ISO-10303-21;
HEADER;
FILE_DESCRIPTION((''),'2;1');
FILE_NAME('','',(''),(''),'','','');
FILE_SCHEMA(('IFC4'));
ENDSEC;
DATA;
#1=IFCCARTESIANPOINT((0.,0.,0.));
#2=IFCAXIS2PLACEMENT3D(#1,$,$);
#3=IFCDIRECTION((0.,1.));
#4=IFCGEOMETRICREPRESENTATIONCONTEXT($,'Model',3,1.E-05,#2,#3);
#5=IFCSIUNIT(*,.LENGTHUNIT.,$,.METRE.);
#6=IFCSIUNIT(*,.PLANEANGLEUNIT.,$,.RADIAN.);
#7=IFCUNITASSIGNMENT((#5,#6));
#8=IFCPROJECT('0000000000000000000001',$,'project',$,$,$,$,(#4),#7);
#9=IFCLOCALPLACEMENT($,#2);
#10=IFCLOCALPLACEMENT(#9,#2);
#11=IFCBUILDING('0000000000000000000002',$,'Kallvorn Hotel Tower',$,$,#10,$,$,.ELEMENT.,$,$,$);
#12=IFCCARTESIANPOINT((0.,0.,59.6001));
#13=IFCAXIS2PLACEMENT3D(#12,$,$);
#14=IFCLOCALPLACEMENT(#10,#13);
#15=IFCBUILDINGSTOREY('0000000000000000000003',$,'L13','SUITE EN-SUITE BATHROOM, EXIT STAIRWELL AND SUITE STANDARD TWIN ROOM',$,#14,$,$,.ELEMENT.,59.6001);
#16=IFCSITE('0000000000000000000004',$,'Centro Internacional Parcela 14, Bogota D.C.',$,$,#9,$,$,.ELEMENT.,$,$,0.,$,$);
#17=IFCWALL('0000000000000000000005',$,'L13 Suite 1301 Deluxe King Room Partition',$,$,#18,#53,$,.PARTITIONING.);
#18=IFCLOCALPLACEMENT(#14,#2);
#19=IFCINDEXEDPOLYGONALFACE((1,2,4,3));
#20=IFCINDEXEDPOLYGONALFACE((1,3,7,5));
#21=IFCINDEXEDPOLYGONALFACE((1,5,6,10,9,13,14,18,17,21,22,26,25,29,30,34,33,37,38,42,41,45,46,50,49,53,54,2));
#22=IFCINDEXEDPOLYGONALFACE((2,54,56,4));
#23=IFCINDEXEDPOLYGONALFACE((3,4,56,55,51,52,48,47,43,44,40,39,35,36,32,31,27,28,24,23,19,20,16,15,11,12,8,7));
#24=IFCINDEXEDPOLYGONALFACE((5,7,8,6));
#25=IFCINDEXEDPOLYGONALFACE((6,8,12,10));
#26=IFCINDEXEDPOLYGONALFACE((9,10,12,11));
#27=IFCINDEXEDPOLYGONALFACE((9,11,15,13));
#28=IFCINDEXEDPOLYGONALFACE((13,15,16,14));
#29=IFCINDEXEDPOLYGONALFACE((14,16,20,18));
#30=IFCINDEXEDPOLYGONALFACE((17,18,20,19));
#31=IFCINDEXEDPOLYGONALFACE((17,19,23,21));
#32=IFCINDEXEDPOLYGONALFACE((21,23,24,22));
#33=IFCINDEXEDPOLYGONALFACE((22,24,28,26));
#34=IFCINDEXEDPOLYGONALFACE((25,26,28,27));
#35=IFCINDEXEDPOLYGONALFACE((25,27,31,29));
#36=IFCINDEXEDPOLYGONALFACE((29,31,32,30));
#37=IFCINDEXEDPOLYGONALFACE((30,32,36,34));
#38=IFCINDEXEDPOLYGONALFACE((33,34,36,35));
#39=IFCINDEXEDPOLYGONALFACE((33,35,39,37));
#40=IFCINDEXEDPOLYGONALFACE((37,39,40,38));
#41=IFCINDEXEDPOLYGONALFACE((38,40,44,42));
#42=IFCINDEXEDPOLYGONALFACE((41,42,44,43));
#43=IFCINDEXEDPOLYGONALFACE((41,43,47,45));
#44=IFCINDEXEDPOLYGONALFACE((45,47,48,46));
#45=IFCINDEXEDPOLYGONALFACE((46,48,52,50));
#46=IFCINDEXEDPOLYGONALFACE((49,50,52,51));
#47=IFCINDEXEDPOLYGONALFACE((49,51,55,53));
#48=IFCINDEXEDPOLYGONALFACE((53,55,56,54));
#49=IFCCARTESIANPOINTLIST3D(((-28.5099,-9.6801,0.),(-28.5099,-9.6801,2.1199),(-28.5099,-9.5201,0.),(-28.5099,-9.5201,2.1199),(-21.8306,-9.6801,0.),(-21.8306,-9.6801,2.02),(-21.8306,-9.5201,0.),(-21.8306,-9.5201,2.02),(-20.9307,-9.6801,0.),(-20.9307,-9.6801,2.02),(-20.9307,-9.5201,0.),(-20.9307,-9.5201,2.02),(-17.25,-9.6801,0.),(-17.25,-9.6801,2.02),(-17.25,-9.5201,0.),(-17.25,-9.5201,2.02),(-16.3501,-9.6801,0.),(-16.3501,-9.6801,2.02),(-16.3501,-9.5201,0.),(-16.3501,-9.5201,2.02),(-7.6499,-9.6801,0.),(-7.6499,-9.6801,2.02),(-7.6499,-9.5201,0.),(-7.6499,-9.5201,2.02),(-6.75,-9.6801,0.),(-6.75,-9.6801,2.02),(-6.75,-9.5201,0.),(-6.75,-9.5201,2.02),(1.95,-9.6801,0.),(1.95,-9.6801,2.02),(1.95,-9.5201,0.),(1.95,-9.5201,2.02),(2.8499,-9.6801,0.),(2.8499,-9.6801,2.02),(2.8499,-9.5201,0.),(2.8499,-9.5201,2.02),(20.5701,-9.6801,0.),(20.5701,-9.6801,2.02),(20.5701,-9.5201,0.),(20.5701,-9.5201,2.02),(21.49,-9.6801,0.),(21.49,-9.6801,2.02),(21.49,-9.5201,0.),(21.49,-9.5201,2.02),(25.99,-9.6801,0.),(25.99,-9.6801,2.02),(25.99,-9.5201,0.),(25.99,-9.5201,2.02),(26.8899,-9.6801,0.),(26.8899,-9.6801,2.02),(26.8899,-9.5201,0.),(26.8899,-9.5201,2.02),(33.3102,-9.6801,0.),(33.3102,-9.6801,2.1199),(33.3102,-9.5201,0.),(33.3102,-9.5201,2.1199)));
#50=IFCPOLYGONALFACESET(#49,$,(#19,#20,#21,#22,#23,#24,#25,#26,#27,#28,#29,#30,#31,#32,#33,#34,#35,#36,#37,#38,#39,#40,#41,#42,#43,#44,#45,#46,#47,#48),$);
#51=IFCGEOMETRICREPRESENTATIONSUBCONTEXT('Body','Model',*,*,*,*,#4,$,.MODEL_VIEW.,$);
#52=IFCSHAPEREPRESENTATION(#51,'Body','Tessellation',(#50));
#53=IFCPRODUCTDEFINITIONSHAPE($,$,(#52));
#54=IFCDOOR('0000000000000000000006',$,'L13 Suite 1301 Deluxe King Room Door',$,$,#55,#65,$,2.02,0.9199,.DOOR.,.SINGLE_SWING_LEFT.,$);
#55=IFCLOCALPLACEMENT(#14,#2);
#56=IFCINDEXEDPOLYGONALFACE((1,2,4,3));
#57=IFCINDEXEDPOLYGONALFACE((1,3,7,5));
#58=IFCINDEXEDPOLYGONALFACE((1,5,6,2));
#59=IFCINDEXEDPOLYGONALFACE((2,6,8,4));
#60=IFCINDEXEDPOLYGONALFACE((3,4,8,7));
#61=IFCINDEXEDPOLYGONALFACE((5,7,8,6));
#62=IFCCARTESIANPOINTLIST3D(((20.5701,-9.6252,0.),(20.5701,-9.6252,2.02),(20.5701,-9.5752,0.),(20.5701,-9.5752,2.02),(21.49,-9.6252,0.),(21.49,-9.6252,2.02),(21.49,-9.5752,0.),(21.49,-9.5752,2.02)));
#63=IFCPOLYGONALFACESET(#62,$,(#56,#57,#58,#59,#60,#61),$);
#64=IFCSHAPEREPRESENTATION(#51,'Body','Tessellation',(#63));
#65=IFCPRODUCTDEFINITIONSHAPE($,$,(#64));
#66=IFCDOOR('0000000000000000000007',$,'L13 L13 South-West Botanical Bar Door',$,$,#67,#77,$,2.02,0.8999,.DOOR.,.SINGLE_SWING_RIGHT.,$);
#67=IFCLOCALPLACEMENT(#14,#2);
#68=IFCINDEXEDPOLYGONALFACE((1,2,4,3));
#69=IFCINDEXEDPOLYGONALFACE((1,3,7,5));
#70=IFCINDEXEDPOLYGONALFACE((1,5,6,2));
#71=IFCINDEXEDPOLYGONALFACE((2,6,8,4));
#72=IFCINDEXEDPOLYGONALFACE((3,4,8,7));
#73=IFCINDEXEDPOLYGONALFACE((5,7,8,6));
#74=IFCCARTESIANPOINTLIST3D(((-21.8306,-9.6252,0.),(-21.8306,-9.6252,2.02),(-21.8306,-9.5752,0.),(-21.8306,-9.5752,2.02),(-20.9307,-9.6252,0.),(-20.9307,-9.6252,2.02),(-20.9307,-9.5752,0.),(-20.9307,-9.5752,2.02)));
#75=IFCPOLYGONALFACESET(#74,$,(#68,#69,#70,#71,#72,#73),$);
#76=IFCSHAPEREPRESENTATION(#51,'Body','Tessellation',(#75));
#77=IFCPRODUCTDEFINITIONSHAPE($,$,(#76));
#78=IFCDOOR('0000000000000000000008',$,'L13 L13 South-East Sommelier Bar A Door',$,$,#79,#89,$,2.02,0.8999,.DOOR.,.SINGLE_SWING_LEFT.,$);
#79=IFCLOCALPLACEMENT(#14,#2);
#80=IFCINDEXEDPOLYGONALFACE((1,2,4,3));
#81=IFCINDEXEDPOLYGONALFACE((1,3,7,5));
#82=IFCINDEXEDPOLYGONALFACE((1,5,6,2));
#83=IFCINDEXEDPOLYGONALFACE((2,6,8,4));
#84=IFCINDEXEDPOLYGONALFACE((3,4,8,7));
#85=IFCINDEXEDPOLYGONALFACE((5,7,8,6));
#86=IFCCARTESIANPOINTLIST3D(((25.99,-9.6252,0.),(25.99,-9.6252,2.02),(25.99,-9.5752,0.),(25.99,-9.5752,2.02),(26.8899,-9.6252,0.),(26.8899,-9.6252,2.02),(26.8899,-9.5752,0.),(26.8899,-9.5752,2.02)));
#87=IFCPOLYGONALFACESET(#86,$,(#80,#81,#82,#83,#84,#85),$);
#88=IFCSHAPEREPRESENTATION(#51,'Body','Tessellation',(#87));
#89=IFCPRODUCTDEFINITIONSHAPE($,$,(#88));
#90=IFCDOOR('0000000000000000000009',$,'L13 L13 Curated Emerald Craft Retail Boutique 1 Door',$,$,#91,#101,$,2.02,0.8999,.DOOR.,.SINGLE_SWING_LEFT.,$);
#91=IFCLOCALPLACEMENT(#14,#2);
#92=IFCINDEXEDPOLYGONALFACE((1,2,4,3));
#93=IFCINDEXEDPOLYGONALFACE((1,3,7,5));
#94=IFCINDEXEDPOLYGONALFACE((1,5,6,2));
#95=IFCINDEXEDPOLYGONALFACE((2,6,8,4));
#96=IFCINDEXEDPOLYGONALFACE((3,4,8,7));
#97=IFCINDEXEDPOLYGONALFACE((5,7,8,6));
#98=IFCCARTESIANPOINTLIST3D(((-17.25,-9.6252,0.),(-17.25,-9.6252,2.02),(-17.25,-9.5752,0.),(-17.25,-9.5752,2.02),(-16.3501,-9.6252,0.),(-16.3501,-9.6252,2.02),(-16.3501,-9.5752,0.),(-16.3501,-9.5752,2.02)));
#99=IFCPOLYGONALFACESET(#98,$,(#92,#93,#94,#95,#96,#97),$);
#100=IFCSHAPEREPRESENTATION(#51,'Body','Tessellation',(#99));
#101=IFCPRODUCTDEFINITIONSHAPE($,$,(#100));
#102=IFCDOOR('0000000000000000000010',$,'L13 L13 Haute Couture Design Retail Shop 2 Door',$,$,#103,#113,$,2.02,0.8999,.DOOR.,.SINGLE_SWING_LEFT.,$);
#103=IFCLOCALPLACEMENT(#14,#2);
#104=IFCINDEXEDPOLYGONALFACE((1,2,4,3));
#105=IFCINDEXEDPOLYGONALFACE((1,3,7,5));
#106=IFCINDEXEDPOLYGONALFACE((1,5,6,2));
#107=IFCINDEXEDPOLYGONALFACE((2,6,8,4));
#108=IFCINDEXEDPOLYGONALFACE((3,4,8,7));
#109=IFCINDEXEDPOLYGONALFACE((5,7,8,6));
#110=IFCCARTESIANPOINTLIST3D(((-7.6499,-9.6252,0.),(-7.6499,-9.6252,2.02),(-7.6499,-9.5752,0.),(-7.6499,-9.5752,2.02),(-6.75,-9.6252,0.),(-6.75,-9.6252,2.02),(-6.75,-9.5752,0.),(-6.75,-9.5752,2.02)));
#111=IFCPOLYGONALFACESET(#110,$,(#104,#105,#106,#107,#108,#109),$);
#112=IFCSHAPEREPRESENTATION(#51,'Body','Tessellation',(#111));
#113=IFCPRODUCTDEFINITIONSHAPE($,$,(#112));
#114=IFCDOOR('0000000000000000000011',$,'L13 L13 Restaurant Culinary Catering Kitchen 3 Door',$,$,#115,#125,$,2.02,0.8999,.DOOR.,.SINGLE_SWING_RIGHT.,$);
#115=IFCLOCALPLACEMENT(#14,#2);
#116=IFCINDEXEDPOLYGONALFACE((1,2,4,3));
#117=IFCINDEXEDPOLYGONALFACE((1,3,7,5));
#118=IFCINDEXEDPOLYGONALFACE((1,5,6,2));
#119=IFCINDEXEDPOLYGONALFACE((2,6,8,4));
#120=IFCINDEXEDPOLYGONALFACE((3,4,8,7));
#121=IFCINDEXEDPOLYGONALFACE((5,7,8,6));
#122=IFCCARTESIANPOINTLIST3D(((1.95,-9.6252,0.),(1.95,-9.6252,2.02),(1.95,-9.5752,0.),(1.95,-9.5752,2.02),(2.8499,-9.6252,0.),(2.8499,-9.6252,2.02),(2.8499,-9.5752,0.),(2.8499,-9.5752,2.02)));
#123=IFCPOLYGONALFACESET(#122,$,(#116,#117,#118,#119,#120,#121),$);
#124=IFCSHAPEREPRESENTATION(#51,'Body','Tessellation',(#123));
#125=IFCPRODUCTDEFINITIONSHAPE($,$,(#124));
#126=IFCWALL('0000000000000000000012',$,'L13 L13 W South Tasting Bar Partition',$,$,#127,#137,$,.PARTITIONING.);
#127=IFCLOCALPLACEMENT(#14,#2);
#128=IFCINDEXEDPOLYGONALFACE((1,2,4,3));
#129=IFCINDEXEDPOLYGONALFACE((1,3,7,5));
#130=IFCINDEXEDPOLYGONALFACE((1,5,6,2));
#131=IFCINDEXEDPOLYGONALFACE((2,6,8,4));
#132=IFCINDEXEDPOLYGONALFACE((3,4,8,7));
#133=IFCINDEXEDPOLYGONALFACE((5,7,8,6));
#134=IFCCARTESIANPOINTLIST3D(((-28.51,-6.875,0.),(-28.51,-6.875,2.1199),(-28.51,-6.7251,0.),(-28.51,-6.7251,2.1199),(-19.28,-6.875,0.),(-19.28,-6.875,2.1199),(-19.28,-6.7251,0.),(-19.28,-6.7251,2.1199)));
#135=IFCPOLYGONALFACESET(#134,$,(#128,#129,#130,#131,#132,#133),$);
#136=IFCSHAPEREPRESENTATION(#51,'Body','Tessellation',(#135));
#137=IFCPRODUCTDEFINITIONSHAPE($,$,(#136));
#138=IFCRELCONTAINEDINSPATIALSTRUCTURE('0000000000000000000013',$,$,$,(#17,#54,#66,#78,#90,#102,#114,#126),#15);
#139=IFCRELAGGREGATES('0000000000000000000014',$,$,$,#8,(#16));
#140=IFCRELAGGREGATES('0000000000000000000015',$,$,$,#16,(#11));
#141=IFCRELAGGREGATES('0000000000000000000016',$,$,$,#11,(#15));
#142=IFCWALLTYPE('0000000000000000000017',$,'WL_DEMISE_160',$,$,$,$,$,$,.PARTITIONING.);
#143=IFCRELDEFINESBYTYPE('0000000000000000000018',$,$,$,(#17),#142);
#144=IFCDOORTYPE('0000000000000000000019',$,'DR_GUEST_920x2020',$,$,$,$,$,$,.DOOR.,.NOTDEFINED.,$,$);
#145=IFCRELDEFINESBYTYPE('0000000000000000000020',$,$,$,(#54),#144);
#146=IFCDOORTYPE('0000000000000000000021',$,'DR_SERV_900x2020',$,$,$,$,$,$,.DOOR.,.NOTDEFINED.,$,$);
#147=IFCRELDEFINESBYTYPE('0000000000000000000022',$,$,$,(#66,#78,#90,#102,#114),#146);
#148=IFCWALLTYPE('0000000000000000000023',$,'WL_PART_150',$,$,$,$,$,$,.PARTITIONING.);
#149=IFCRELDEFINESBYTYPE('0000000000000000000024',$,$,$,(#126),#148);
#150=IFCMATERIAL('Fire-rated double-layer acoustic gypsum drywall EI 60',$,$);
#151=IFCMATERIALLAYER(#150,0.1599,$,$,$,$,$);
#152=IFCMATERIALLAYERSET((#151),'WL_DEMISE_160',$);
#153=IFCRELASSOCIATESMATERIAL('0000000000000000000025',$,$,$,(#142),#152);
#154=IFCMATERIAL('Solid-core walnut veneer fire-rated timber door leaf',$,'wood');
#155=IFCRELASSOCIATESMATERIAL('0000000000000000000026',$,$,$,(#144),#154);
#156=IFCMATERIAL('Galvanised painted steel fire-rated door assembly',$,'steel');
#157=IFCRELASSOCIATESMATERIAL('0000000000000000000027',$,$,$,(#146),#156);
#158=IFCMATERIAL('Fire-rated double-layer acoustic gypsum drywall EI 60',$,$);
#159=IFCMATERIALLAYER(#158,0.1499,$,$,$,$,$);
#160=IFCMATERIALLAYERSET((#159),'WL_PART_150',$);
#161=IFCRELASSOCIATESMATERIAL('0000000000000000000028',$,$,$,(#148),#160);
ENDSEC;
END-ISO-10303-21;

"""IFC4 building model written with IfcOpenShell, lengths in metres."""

from ifc_helpers import new_model, si_unit, direction, frame, frame_2d, origin, place, context, subcontext, project, spatial, rectangle, extrude, material, layer, layer_set, type_object, element, fill, save


model = new_model("IFC4")

# Units and contexts
model_context = context("Model", 3, precision=1e-05, world=origin(), true_north=direction((0.0, 1.0)))
body_context = subcontext(model_context, "Body", "Model", "MODEL_VIEW")
ifc_project = project(units=[si_unit("LENGTHUNIT", "METRE"), si_unit("PLANEANGLEUNIT", "RADIAN")], contexts=[model_context])

# Site, building, storey
site_placement = place(None, origin())
site = spatial("IfcSite", under=ifc_project, at=site_placement, Name="Centro Internacional Parcela 14, Bogota D.C.", CompositionType="ELEMENT", RefElevation=0.0)
building_placement = place(site_placement, origin())
building = spatial("IfcBuilding", under=site, at=building_placement, Name="Kallvorn Hotel Tower", CompositionType="ELEMENT")
storey_placement = place(building_placement, frame((0.0, 0.0, 59.6001)))
storey = spatial("IfcBuildingStorey", under=building, at=storey_placement, Name="L13", Description="SUITE EN-SUITE BATHROOM, EXIT STAIRWELL AND SUITE STANDARD TWIN ROOM", CompositionType="ELEMENT", Elevation=59.6001)

# Wall, openings, doors
ifc_material_1 = material(Name="Fire-rated double-layer acoustic gypsum drywall EI 60")
ifc_layer_1 = layer(ifc_material_1, 0.1599)
ifc_layer_set_1 = layer_set([ifc_layer_1], Name="WL_DEMISE_160")
wall_type_1 = type_object("IfcWallType", Name="WL_DEMISE_160", PredefinedType="PARTITIONING", material=ifc_layer_set_1)
wall_1_placement = place(storey_placement, frame((-28.51, -9.6001, 0.0), z_axis=(0.0, 0.0, 1.0), x_axis=(1.0, 0.0, 0.0)))
wall_1 = element("IfcWall", 1, at=wall_1_placement, inside=storey, type_object=wall_type_1, Name="L13 Suite 1301 Deluxe King Room Partition", PredefinedType="PARTITIONING", context=body_context, shape_type="SweptSolid", body=[
    extrude(rectangle(XDim=61.8201, YDim=0.1599, at=frame_2d((30.9102, 0.0))), origin(), (0.0, 0.0, 1.0), 2.1199),
])
opening_1_placement = place(wall_1_placement, frame((6.6794, 0.0, 0.0)))
opening_1 = element("IfcOpeningElement", 2, at=opening_1_placement, cuts=wall_1, PredefinedType="OPENING", context=body_context, shape_type="SweptSolid", body=[
    extrude(rectangle(XDim=0.8999, YDim=2.02, at=frame_2d((0.45, 1.01))), frame((0.0, 0.095, 0.0), z_axis=(0.0, -1.0, 0.0), x_axis=(1.0, 0.0, 0.0)), (0.0, 0.0, 1.0), 0.1899),
])
opening_2_placement = place(wall_1_placement, frame((54.5, 0.0, 0.0)))
opening_2 = element("IfcOpeningElement", 3, at=opening_2_placement, cuts=wall_1, PredefinedType="OPENING", context=body_context, shape_type="SweptSolid", body=[
    extrude(rectangle(XDim=0.8999, YDim=2.02, at=frame_2d((0.45, 1.01))), frame((0.0, 0.095, 0.0), z_axis=(0.0, -1.0, 0.0), x_axis=(1.0, 0.0, 0.0)), (0.0, 0.0, 1.0), 0.1899),
])
opening_3_placement = place(wall_1_placement, frame((11.26, 0.0, 0.0)))
opening_3 = element("IfcOpeningElement", 4, at=opening_3_placement, cuts=wall_1, PredefinedType="OPENING", context=body_context, shape_type="SweptSolid", body=[
    extrude(rectangle(XDim=0.8999, YDim=2.02, at=frame_2d((0.45, 1.01))), frame((0.0, 0.095, 0.0), z_axis=(0.0, -1.0, 0.0), x_axis=(1.0, 0.0, 0.0)), (0.0, 0.0, 1.0), 0.1899),
])
opening_4_placement = place(wall_1_placement, frame((20.8601, 0.0, 0.0)))
opening_4 = element("IfcOpeningElement", 5, at=opening_4_placement, cuts=wall_1, PredefinedType="OPENING", context=body_context, shape_type="SweptSolid", body=[
    extrude(rectangle(XDim=0.8999, YDim=2.02, at=frame_2d((0.45, 1.01))), frame((0.0, 0.095, 0.0), z_axis=(0.0, -1.0, 0.0), x_axis=(1.0, 0.0, 0.0)), (0.0, 0.0, 1.0), 0.1899),
])
opening_5_placement = place(wall_1_placement, frame((30.46, 0.0, 0.0)))
opening_5 = element("IfcOpeningElement", 6, at=opening_5_placement, cuts=wall_1, PredefinedType="OPENING", context=body_context, shape_type="SweptSolid", body=[
    extrude(rectangle(XDim=0.8999, YDim=2.02, at=frame_2d((0.45, 1.01))), frame((0.0, 0.095, 0.0), z_axis=(0.0, -1.0, 0.0), x_axis=(1.0, 0.0, 0.0)), (0.0, 0.0, 1.0), 0.1899),
])
opening_6_placement = place(wall_1_placement, frame((49.0801, 0.0, 0.0)))
opening_6 = element("IfcOpeningElement", 7, at=opening_6_placement, cuts=wall_1, PredefinedType="OPENING", context=body_context, shape_type="SweptSolid", body=[
    extrude(rectangle(XDim=0.9199, YDim=2.02, at=frame_2d((0.46, 1.01))), frame((0.0, 0.095, 0.0), z_axis=(0.0, -1.0, 0.0), x_axis=(1.0, 0.0, 0.0)), (0.0, 0.0, 1.0), 0.1899),
])
ifc_material_2 = material(Name="Solid-core walnut veneer fire-rated timber door leaf", Category="wood")
door_type_1 = type_object("IfcDoorType", Name="DR_GUEST_920x2020", OperationType="NOTDEFINED", PredefinedType="DOOR", material=ifc_material_2)
door_1_placement = place(opening_6_placement, origin())
door_1 = element("IfcDoor", 8, at=door_1_placement, inside=storey, type_object=door_type_1, Name="L13 Suite 1301 Deluxe King Room Door", OperationType="SINGLE_SWING_LEFT", OverallHeight=2.02, OverallWidth=0.9199, PredefinedType="DOOR", context=body_context, shape_type="SweptSolid", body=[
    extrude(rectangle(XDim=0.9199, YDim=2.02, at=frame_2d((0.46, 1.01))), frame((0.0, 0.0249, 0.0), z_axis=(0.0, -1.0, 0.0), x_axis=(1.0, 0.0, 0.0)), (0.0, 0.0, 1.0), 0.05),
])
fill(opening_6, door_1)
ifc_material_3 = material(Name="Galvanised painted steel fire-rated door assembly", Category="steel")
door_type_2 = type_object("IfcDoorType", Name="DR_SERV_900x2020", OperationType="NOTDEFINED", PredefinedType="DOOR", material=ifc_material_3)
door_2_placement = place(opening_1_placement, origin())
door_2 = element("IfcDoor", 9, at=door_2_placement, inside=storey, type_object=door_type_2, Name="L13 L13 South-West Botanical Bar Door", OperationType="SINGLE_SWING_RIGHT", OverallHeight=2.02, OverallWidth=0.8999, PredefinedType="DOOR", context=body_context, shape_type="SweptSolid", body=[
    extrude(rectangle(XDim=0.8999, YDim=2.02, at=frame_2d((0.45, 1.01))), frame((0.0, 0.0249, 0.0), z_axis=(0.0, -1.0, 0.0), x_axis=(1.0, 0.0, 0.0)), (0.0, 0.0, 1.0), 0.05),
])
fill(opening_1, door_2)
door_3_placement = place(opening_2_placement, origin())
door_3 = element("IfcDoor", 10, at=door_3_placement, inside=storey, type_object=door_type_2, Name="L13 L13 South-East Sommelier Bar A Door", OperationType="SINGLE_SWING_LEFT", OverallHeight=2.02, OverallWidth=0.8999, PredefinedType="DOOR", context=body_context, shape_type="SweptSolid", body=[
    extrude(rectangle(XDim=0.8999, YDim=2.02, at=frame_2d((0.45, 1.01))), frame((0.0, 0.0249, 0.0), z_axis=(0.0, -1.0, 0.0), x_axis=(1.0, 0.0, 0.0)), (0.0, 0.0, 1.0), 0.05),
])
fill(opening_2, door_3)
door_4_placement = place(opening_3_placement, origin())
door_4 = element("IfcDoor", 11, at=door_4_placement, inside=storey, type_object=door_type_2, Name="L13 L13 Curated Emerald Craft Retail Boutique 1 Door", OperationType="SINGLE_SWING_LEFT", OverallHeight=2.02, OverallWidth=0.8999, PredefinedType="DOOR", context=body_context, shape_type="SweptSolid", body=[
    extrude(rectangle(XDim=0.8999, YDim=2.02, at=frame_2d((0.45, 1.01))), frame((0.0, 0.0249, 0.0), z_axis=(0.0, -1.0, 0.0), x_axis=(1.0, 0.0, 0.0)), (0.0, 0.0, 1.0), 0.05),
])
fill(opening_3, door_4)
door_5_placement = place(opening_4_placement, origin())
door_5 = element("IfcDoor", 12, at=door_5_placement, inside=storey, type_object=door_type_2, Name="L13 L13 Haute Couture Design Retail Shop 2 Door", OperationType="SINGLE_SWING_LEFT", OverallHeight=2.02, OverallWidth=0.8999, PredefinedType="DOOR", context=body_context, shape_type="SweptSolid", body=[
    extrude(rectangle(XDim=0.8999, YDim=2.02, at=frame_2d((0.45, 1.01))), frame((0.0, 0.0249, 0.0), z_axis=(0.0, -1.0, 0.0), x_axis=(1.0, 0.0, 0.0)), (0.0, 0.0, 1.0), 0.05),
])
fill(opening_4, door_5)
door_6_placement = place(opening_5_placement, origin())
door_6 = element("IfcDoor", 13, at=door_6_placement, inside=storey, type_object=door_type_2, Name="L13 L13 Restaurant Culinary Catering Kitchen 3 Door", OperationType="SINGLE_SWING_RIGHT", OverallHeight=2.02, OverallWidth=0.8999, PredefinedType="DOOR", context=body_context, shape_type="SweptSolid", body=[
    extrude(rectangle(XDim=0.8999, YDim=2.02, at=frame_2d((0.45, 1.01))), frame((0.0, 0.0249, 0.0), z_axis=(0.0, -1.0, 0.0), x_axis=(1.0, 0.0, 0.0)), (0.0, 0.0, 1.0), 0.05),
])
fill(opening_5, door_6)

# Wall
ifc_material_4 = material(Name="Fire-rated double-layer acoustic gypsum drywall EI 60")
ifc_layer_2 = layer(ifc_material_4, 0.1499)
ifc_layer_set_2 = layer_set([ifc_layer_2], Name="WL_PART_150")
wall_type_2 = type_object("IfcWallType", Name="WL_PART_150", PredefinedType="PARTITIONING", material=ifc_layer_set_2)
wall_2_placement = place(storey_placement, frame((-28.51, -6.8, 0.0), z_axis=(0.0, 0.0, 1.0), x_axis=(1.0, 0.0, 0.0)))
element("IfcWall", 14, at=wall_2_placement, inside=storey, type_object=wall_type_2, Name="L13 L13 W South Tasting Bar Partition", PredefinedType="PARTITIONING", context=body_context, shape_type="SweptSolid", body=[
    extrude(rectangle(XDim=9.23, YDim=0.1499, at=frame_2d((4.615, 0.0))), origin(), (0.0, 0.0, 1.0), 2.1199),
])

save(model, "model.ifc")
